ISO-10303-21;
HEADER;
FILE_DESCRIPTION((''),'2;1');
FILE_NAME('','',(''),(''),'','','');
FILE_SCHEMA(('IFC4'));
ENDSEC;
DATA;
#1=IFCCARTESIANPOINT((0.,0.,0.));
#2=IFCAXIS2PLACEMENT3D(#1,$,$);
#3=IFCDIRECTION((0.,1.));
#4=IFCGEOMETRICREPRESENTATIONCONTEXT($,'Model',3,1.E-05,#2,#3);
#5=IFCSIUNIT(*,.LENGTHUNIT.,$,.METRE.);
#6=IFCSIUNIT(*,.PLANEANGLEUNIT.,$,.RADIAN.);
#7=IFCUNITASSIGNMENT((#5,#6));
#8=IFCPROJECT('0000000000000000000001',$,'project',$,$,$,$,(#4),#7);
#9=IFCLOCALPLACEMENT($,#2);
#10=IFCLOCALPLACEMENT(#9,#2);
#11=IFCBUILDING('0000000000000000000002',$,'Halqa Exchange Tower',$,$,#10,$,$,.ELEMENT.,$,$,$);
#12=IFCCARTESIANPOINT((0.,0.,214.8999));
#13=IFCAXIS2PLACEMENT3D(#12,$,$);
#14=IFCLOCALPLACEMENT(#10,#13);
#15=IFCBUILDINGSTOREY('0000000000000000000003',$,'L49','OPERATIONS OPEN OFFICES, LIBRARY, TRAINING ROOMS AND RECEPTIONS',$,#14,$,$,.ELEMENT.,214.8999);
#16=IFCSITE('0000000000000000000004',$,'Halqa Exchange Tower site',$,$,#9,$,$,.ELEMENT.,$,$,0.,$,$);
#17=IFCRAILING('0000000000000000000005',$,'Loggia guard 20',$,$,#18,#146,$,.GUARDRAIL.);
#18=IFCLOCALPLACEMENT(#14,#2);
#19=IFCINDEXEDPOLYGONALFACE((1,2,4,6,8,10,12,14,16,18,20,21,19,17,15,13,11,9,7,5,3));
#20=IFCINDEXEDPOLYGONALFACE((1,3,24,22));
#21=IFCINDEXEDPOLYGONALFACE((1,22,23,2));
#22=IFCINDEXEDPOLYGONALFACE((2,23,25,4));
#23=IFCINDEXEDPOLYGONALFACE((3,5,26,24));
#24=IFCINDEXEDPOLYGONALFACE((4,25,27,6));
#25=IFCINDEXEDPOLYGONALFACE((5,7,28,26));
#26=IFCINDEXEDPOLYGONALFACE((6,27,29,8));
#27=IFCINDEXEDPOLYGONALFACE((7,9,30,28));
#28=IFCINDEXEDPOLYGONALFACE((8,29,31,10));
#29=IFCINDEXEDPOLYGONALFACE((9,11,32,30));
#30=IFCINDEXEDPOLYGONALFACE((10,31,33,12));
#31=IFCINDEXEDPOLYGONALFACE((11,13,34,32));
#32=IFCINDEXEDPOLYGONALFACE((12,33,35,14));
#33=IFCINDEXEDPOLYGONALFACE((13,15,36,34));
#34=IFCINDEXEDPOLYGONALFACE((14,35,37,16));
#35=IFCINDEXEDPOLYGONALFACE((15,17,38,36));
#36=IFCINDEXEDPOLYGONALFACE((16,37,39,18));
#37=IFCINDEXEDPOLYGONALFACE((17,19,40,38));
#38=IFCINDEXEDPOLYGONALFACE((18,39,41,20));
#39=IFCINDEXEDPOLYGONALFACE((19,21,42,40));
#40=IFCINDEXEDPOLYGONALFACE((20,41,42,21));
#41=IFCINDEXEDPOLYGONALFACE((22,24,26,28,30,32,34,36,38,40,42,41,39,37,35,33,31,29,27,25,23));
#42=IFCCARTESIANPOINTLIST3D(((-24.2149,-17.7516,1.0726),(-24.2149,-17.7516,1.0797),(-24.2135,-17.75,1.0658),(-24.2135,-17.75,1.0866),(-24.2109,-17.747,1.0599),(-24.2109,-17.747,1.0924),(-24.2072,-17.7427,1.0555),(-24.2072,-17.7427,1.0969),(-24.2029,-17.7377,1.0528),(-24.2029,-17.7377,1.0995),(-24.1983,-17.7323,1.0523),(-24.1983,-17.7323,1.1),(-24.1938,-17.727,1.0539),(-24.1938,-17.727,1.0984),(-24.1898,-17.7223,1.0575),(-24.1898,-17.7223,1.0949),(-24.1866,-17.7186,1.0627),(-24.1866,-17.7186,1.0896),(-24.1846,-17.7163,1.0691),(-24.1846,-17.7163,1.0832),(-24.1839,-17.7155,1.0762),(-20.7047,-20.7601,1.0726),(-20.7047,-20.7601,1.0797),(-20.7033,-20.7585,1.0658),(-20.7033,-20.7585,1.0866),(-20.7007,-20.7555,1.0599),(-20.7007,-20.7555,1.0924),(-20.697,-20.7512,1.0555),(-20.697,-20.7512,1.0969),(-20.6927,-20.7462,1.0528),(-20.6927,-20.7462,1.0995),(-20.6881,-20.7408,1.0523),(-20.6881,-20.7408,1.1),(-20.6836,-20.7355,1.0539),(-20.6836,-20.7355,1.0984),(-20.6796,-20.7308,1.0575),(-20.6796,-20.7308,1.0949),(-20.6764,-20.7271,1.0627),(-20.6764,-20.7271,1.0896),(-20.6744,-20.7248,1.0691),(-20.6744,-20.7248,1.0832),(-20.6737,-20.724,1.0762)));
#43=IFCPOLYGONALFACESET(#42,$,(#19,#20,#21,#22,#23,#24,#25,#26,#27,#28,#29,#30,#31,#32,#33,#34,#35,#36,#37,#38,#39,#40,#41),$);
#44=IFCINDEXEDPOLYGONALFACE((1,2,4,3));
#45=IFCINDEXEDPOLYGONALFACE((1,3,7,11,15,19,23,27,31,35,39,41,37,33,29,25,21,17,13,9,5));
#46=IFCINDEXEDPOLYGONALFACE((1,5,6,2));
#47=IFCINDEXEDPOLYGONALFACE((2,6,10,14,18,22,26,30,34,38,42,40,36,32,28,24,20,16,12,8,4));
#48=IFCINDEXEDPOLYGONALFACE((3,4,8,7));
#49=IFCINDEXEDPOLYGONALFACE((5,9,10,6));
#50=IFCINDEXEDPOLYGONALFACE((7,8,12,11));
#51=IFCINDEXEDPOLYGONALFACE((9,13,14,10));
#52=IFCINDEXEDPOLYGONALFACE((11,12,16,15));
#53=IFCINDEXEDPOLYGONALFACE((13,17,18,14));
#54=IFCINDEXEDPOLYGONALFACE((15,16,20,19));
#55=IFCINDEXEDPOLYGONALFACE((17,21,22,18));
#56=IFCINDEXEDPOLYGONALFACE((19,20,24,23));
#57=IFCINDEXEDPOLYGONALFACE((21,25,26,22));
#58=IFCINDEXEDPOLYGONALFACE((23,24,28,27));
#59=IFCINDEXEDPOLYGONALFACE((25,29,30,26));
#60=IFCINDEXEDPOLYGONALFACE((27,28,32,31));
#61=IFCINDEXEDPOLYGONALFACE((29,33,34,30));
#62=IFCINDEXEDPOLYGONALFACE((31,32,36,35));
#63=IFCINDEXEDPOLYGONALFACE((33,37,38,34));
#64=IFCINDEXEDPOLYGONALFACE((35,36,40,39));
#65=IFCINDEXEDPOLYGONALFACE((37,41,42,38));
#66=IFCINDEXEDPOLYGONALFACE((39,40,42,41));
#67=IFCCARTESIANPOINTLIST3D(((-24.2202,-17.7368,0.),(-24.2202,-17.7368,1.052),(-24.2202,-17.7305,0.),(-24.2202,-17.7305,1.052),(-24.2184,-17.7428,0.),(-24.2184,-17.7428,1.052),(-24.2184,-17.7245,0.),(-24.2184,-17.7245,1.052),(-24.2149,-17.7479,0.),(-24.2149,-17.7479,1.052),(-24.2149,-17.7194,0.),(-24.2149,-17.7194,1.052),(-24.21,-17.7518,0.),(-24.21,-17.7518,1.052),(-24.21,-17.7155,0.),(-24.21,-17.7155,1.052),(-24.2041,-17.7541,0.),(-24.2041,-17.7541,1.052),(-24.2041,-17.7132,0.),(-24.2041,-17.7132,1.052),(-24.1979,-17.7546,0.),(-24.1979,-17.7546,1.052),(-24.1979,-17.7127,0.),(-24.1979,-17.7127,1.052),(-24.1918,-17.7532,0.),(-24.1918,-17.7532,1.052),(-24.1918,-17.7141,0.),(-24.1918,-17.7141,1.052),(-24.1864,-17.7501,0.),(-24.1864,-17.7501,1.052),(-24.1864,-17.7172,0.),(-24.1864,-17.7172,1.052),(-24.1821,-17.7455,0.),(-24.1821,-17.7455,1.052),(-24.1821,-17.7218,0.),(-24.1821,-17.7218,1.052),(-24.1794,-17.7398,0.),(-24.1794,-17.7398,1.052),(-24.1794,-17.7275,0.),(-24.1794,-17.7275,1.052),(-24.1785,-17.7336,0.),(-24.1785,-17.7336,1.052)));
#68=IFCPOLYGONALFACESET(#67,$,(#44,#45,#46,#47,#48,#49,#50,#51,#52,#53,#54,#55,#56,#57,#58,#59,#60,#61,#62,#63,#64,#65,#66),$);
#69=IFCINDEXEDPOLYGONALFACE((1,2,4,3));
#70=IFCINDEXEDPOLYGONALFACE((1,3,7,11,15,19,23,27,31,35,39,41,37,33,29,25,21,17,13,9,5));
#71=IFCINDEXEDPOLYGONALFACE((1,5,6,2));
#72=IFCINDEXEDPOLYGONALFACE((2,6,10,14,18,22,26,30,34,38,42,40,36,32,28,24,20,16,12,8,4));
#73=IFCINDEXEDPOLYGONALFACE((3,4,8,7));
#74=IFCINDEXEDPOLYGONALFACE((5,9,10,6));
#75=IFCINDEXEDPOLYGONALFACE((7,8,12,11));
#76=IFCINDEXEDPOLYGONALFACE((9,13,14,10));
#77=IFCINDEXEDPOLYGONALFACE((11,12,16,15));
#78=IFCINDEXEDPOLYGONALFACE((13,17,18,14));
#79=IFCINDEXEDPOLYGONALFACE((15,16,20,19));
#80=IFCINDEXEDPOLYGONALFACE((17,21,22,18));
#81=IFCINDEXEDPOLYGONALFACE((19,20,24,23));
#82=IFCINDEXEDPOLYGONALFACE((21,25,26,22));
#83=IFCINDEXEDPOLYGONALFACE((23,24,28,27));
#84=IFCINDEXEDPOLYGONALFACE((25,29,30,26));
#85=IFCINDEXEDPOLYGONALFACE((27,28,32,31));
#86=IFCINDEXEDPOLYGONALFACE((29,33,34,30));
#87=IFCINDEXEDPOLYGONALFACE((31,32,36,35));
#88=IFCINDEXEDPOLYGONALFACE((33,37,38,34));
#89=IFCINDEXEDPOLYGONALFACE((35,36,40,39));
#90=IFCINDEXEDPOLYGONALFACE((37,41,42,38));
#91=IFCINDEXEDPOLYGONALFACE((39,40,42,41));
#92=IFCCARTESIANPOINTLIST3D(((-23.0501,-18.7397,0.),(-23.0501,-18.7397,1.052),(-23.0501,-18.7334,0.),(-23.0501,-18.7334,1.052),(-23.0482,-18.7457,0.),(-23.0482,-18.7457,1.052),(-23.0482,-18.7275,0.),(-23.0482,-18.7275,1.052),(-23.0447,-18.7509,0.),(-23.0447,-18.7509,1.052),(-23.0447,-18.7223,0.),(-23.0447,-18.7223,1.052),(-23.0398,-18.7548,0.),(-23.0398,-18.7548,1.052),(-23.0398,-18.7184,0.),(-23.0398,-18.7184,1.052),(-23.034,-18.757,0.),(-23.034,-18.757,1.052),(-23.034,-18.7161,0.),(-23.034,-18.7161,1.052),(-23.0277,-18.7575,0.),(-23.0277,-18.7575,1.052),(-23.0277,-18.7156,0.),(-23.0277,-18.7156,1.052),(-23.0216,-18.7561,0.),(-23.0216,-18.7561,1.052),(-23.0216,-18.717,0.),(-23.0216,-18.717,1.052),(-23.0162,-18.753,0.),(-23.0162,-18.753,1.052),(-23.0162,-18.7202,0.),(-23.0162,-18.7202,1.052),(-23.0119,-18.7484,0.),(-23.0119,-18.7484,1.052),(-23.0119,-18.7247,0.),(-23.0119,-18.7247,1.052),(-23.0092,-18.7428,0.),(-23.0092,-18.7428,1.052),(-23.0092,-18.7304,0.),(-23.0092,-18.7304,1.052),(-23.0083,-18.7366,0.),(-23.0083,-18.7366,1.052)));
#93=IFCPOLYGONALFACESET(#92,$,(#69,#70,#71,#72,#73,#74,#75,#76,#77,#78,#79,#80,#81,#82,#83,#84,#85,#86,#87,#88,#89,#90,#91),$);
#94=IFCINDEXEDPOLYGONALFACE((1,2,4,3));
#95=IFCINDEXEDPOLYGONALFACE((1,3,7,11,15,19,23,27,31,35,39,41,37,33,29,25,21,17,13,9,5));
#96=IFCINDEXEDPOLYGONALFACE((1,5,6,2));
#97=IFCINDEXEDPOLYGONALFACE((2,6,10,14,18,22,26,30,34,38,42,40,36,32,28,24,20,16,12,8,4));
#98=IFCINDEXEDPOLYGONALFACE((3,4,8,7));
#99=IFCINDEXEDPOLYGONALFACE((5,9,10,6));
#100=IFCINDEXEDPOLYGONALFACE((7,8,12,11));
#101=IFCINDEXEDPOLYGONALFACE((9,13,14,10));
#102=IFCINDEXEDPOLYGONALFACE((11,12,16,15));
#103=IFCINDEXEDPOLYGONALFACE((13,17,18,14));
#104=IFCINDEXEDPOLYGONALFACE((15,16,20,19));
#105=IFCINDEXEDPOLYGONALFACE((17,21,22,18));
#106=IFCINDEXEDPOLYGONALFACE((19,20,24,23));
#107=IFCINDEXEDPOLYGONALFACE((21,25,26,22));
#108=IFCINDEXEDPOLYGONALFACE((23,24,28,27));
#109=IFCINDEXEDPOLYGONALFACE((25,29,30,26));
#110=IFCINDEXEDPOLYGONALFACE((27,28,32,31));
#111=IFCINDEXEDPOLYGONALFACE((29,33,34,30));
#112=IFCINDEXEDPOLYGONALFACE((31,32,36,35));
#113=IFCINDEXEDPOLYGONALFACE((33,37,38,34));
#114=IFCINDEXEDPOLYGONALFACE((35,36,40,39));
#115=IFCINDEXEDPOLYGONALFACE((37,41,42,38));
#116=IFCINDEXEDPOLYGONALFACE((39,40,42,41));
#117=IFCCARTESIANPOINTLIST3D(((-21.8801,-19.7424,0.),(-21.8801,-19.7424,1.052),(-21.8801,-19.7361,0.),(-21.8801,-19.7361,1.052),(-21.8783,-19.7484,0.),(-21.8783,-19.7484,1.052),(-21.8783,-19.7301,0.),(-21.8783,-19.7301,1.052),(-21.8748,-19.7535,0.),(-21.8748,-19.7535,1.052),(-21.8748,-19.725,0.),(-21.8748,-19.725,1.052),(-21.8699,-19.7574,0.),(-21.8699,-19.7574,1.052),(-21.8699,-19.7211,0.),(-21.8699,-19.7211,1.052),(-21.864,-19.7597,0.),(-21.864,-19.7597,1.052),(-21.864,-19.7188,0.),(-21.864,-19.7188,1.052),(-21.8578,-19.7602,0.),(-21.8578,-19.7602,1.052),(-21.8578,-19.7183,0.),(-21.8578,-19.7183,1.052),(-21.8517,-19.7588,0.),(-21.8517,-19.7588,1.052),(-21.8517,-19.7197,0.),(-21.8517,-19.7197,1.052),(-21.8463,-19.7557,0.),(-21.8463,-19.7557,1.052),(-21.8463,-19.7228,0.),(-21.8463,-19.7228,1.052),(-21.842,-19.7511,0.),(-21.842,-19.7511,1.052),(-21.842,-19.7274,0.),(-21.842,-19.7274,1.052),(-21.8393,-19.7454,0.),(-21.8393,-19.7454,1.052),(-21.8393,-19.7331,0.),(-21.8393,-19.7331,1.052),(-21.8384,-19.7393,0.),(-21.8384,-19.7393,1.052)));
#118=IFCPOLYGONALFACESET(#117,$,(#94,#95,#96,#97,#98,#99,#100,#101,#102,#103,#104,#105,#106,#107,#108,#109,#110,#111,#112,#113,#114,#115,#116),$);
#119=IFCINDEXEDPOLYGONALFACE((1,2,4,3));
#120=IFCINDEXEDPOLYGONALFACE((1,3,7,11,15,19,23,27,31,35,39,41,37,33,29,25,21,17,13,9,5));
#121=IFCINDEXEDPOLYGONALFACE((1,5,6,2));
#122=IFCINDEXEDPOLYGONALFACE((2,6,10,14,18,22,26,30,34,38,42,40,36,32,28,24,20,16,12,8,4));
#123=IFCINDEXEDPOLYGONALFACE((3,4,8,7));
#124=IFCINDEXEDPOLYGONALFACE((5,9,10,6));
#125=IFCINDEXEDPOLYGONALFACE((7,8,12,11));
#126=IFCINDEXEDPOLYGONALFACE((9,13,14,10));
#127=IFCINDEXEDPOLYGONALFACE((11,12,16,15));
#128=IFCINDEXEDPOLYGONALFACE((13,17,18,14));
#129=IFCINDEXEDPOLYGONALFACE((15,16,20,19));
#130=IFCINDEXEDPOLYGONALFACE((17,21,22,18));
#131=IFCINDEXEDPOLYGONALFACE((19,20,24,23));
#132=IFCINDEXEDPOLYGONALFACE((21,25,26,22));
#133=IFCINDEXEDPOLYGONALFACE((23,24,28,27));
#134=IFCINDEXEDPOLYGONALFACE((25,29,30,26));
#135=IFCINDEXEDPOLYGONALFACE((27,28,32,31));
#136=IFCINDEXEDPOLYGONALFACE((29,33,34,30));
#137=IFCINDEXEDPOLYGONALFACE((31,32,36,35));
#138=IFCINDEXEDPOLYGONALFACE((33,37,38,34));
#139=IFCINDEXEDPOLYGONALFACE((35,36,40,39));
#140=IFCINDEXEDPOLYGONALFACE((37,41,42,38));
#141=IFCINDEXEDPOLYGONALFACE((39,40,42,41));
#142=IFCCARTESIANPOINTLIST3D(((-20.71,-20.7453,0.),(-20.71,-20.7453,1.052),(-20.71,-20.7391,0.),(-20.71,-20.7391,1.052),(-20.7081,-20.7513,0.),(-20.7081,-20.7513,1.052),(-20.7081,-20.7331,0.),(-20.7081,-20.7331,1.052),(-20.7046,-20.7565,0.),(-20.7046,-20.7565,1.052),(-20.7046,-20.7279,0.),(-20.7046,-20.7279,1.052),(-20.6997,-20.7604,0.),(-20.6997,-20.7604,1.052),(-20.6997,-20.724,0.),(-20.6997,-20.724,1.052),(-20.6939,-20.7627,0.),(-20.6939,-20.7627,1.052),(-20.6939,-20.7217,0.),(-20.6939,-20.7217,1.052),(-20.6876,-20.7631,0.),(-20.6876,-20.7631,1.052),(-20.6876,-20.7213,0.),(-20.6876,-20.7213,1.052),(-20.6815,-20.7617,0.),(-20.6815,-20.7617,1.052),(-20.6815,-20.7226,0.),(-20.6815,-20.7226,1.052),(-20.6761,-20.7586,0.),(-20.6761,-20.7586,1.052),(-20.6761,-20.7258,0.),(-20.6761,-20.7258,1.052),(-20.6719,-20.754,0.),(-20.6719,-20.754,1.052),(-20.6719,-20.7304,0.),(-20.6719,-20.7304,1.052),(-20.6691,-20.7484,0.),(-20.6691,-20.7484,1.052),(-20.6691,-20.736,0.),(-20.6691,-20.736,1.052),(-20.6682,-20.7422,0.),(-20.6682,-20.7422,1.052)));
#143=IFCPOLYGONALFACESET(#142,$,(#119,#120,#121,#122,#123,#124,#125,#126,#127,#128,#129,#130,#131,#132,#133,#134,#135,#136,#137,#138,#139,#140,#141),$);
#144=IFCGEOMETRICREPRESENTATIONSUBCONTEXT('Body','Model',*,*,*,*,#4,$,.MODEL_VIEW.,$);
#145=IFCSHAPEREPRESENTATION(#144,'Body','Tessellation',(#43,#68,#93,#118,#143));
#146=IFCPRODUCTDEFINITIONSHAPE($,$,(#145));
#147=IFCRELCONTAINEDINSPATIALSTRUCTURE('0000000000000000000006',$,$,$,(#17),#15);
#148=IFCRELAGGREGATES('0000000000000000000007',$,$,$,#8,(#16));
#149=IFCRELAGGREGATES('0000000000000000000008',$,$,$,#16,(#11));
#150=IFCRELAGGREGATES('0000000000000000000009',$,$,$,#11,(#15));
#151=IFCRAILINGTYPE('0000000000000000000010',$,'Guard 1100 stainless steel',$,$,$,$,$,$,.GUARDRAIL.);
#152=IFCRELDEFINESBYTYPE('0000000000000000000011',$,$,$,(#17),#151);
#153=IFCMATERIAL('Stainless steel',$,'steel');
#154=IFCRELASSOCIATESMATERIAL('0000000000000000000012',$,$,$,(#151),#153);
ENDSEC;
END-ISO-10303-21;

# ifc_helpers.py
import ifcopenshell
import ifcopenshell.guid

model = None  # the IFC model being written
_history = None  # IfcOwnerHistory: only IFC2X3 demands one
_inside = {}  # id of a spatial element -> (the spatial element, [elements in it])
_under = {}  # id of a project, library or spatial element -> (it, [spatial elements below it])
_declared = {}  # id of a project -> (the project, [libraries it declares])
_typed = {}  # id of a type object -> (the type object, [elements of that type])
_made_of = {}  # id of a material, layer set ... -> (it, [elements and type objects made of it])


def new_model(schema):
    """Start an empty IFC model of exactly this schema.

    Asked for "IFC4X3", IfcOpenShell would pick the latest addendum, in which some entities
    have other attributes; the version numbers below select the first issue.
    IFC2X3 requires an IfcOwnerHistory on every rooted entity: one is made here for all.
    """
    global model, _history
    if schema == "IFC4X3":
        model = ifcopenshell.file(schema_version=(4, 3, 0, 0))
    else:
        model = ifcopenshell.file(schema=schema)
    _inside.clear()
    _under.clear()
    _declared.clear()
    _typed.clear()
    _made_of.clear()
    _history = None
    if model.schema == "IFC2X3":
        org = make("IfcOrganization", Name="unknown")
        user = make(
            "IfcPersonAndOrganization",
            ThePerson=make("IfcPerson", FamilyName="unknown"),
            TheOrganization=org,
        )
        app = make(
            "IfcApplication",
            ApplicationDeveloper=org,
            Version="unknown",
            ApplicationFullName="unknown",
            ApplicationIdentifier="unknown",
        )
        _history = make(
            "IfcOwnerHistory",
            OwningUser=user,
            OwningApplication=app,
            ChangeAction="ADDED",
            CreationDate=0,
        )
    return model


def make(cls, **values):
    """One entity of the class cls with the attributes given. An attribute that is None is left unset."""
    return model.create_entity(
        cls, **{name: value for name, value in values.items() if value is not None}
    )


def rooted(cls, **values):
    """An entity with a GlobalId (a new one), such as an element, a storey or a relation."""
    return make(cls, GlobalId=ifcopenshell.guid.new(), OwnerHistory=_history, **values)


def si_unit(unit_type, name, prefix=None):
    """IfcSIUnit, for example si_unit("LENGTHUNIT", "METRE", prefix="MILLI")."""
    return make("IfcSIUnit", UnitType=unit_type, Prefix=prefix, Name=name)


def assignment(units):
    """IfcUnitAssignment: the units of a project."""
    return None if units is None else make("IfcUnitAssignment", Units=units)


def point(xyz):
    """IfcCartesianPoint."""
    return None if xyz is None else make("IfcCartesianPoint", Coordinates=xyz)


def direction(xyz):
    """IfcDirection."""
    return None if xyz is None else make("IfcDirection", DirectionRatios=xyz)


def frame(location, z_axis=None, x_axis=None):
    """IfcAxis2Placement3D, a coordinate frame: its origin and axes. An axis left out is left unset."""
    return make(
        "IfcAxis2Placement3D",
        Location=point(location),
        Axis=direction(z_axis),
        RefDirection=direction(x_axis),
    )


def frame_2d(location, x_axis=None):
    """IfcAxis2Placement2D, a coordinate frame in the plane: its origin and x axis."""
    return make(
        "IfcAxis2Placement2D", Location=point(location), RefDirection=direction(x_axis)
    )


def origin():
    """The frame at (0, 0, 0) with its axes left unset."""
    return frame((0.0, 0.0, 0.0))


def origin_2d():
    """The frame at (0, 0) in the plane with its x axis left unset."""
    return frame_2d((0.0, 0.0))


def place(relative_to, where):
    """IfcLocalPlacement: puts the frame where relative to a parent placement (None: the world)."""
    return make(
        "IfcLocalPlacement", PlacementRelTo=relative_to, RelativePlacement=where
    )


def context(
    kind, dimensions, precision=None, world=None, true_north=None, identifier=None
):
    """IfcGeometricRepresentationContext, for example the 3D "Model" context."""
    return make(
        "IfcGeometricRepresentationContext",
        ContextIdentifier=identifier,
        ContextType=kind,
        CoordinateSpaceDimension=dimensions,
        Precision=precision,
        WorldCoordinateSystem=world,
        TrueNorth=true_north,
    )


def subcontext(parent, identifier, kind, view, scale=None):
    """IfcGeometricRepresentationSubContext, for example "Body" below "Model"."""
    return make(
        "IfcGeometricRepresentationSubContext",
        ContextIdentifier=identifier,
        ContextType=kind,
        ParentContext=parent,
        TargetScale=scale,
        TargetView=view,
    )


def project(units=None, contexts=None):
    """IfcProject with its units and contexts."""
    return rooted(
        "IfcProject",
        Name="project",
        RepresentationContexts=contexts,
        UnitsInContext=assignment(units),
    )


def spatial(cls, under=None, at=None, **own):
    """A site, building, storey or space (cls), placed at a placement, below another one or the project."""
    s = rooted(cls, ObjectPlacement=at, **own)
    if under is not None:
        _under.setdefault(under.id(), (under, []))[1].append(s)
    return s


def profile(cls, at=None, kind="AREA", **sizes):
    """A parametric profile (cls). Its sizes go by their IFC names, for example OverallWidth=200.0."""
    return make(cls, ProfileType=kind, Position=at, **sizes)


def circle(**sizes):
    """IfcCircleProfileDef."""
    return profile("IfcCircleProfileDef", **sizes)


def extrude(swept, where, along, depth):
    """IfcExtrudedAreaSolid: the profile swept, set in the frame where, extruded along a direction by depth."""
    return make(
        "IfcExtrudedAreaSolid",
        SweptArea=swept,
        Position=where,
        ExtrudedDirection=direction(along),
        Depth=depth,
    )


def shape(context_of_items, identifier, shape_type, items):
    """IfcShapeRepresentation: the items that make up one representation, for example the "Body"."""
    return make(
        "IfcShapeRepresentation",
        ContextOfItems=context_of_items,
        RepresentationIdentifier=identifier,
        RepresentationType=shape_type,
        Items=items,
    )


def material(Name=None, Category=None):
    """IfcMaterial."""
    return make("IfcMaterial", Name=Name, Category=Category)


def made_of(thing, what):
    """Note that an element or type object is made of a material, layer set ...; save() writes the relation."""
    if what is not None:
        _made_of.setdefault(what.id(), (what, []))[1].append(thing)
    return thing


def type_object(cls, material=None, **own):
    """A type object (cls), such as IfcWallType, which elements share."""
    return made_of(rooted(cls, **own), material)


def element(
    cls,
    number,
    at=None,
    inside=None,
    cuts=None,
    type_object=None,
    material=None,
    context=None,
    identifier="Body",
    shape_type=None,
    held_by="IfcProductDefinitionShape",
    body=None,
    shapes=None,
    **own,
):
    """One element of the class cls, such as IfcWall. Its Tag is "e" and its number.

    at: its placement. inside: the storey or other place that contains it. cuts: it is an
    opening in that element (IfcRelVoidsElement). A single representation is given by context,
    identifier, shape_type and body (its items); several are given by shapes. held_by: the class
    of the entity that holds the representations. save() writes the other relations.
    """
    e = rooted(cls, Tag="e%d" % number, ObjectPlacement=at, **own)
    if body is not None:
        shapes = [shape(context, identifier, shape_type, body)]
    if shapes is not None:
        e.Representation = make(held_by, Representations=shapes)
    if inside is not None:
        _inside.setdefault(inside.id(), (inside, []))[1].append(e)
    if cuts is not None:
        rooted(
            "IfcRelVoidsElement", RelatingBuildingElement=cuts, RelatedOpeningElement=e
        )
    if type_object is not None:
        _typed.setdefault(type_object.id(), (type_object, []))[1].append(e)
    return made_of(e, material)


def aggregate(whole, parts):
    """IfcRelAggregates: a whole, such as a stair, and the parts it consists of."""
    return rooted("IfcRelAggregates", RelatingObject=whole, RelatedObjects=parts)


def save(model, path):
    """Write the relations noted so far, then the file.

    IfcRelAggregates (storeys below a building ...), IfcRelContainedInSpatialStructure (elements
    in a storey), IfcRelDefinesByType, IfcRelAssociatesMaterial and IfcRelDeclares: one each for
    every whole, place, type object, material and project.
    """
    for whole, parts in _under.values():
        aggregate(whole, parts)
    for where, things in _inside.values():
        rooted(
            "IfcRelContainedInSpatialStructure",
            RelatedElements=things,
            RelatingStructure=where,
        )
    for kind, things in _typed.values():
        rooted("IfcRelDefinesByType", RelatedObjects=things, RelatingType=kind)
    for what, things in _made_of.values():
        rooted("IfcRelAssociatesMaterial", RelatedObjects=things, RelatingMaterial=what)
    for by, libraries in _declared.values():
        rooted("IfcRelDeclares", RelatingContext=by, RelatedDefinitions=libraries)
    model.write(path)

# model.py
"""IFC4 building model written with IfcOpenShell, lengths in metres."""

from ifc_helpers import new_model, si_unit, direction, frame, origin, origin_2d, place, context, subcontext, project, spatial, circle, extrude, material, type_object, element, save


model = new_model("IFC4")

# Units and contexts
model_context = context("Model", 3, precision=1e-05, world=origin(), true_north=direction((0.0, 1.0)))
body_context = subcontext(model_context, "Body", "Model", "MODEL_VIEW")
ifc_project = project(units=[si_unit("LENGTHUNIT", "METRE"), si_unit("PLANEANGLEUNIT", "RADIAN")], contexts=[model_context])

# Site, building, storey
site_placement = place(None, origin())
site = spatial("IfcSite", under=ifc_project, at=site_placement, Name="Halqa Exchange Tower site", CompositionType="ELEMENT", RefElevation=0.0)
building_placement = place(site_placement, origin())
building = spatial("IfcBuilding", under=site, at=building_placement, Name="Halqa Exchange Tower", CompositionType="ELEMENT")
storey_placement = place(building_placement, frame((0.0, 0.0, 214.8999)))
storey = spatial("IfcBuildingStorey", under=building, at=storey_placement, Name="L49", Description="OPERATIONS OPEN OFFICES, LIBRARY, TRAINING ROOMS AND RECEPTIONS", CompositionType="ELEMENT", Elevation=214.8999)

# Railing
ifc_material_1 = material(Name="Stainless steel", Category="steel")
railing_type = type_object("IfcRailingType", Name="Guard 1100 stainless steel", PredefinedType="GUARDRAIL", material=ifc_material_1)
railing_1_placement = place(storey_placement, frame((-24.1995, -17.7336, 0.0)))
element("IfcRailing", 1, at=railing_1_placement, inside=storey, type_object=railing_type, Name="Loggia guard 20", PredefinedType="GUARDRAIL", context=body_context, shape_type="SweptSolid", body=[
    extrude(circle(Radius=0.0239, at=origin_2d()), frame((0.0, 0.0, 1.0762), z_axis=(0.759283, -0.650761, 0.0), x_axis=(0.650761, 0.759283, 0.0)), (0.0, 0.0, 1.0), 4.623),
    extrude(circle(Radius=0.021, at=origin_2d()), origin(), (0.0, 0.0, 1.0), 1.052),
    extrude(circle(Radius=0.021, at=origin_2d()), frame((1.1702, -1.0029, 0.0)), (0.0, 0.0, 1.0), 1.052),
    extrude(circle(Radius=0.021, at=origin_2d()), frame((2.3401, -2.0056, 0.0)), (0.0, 0.0, 1.0), 1.052),
    extrude(circle(Radius=0.021, at=origin_2d()), frame((3.5103, -3.0085, 0.0)), (0.0, 0.0, 1.0), 1.052),
])

save(model, "model.ifc")
